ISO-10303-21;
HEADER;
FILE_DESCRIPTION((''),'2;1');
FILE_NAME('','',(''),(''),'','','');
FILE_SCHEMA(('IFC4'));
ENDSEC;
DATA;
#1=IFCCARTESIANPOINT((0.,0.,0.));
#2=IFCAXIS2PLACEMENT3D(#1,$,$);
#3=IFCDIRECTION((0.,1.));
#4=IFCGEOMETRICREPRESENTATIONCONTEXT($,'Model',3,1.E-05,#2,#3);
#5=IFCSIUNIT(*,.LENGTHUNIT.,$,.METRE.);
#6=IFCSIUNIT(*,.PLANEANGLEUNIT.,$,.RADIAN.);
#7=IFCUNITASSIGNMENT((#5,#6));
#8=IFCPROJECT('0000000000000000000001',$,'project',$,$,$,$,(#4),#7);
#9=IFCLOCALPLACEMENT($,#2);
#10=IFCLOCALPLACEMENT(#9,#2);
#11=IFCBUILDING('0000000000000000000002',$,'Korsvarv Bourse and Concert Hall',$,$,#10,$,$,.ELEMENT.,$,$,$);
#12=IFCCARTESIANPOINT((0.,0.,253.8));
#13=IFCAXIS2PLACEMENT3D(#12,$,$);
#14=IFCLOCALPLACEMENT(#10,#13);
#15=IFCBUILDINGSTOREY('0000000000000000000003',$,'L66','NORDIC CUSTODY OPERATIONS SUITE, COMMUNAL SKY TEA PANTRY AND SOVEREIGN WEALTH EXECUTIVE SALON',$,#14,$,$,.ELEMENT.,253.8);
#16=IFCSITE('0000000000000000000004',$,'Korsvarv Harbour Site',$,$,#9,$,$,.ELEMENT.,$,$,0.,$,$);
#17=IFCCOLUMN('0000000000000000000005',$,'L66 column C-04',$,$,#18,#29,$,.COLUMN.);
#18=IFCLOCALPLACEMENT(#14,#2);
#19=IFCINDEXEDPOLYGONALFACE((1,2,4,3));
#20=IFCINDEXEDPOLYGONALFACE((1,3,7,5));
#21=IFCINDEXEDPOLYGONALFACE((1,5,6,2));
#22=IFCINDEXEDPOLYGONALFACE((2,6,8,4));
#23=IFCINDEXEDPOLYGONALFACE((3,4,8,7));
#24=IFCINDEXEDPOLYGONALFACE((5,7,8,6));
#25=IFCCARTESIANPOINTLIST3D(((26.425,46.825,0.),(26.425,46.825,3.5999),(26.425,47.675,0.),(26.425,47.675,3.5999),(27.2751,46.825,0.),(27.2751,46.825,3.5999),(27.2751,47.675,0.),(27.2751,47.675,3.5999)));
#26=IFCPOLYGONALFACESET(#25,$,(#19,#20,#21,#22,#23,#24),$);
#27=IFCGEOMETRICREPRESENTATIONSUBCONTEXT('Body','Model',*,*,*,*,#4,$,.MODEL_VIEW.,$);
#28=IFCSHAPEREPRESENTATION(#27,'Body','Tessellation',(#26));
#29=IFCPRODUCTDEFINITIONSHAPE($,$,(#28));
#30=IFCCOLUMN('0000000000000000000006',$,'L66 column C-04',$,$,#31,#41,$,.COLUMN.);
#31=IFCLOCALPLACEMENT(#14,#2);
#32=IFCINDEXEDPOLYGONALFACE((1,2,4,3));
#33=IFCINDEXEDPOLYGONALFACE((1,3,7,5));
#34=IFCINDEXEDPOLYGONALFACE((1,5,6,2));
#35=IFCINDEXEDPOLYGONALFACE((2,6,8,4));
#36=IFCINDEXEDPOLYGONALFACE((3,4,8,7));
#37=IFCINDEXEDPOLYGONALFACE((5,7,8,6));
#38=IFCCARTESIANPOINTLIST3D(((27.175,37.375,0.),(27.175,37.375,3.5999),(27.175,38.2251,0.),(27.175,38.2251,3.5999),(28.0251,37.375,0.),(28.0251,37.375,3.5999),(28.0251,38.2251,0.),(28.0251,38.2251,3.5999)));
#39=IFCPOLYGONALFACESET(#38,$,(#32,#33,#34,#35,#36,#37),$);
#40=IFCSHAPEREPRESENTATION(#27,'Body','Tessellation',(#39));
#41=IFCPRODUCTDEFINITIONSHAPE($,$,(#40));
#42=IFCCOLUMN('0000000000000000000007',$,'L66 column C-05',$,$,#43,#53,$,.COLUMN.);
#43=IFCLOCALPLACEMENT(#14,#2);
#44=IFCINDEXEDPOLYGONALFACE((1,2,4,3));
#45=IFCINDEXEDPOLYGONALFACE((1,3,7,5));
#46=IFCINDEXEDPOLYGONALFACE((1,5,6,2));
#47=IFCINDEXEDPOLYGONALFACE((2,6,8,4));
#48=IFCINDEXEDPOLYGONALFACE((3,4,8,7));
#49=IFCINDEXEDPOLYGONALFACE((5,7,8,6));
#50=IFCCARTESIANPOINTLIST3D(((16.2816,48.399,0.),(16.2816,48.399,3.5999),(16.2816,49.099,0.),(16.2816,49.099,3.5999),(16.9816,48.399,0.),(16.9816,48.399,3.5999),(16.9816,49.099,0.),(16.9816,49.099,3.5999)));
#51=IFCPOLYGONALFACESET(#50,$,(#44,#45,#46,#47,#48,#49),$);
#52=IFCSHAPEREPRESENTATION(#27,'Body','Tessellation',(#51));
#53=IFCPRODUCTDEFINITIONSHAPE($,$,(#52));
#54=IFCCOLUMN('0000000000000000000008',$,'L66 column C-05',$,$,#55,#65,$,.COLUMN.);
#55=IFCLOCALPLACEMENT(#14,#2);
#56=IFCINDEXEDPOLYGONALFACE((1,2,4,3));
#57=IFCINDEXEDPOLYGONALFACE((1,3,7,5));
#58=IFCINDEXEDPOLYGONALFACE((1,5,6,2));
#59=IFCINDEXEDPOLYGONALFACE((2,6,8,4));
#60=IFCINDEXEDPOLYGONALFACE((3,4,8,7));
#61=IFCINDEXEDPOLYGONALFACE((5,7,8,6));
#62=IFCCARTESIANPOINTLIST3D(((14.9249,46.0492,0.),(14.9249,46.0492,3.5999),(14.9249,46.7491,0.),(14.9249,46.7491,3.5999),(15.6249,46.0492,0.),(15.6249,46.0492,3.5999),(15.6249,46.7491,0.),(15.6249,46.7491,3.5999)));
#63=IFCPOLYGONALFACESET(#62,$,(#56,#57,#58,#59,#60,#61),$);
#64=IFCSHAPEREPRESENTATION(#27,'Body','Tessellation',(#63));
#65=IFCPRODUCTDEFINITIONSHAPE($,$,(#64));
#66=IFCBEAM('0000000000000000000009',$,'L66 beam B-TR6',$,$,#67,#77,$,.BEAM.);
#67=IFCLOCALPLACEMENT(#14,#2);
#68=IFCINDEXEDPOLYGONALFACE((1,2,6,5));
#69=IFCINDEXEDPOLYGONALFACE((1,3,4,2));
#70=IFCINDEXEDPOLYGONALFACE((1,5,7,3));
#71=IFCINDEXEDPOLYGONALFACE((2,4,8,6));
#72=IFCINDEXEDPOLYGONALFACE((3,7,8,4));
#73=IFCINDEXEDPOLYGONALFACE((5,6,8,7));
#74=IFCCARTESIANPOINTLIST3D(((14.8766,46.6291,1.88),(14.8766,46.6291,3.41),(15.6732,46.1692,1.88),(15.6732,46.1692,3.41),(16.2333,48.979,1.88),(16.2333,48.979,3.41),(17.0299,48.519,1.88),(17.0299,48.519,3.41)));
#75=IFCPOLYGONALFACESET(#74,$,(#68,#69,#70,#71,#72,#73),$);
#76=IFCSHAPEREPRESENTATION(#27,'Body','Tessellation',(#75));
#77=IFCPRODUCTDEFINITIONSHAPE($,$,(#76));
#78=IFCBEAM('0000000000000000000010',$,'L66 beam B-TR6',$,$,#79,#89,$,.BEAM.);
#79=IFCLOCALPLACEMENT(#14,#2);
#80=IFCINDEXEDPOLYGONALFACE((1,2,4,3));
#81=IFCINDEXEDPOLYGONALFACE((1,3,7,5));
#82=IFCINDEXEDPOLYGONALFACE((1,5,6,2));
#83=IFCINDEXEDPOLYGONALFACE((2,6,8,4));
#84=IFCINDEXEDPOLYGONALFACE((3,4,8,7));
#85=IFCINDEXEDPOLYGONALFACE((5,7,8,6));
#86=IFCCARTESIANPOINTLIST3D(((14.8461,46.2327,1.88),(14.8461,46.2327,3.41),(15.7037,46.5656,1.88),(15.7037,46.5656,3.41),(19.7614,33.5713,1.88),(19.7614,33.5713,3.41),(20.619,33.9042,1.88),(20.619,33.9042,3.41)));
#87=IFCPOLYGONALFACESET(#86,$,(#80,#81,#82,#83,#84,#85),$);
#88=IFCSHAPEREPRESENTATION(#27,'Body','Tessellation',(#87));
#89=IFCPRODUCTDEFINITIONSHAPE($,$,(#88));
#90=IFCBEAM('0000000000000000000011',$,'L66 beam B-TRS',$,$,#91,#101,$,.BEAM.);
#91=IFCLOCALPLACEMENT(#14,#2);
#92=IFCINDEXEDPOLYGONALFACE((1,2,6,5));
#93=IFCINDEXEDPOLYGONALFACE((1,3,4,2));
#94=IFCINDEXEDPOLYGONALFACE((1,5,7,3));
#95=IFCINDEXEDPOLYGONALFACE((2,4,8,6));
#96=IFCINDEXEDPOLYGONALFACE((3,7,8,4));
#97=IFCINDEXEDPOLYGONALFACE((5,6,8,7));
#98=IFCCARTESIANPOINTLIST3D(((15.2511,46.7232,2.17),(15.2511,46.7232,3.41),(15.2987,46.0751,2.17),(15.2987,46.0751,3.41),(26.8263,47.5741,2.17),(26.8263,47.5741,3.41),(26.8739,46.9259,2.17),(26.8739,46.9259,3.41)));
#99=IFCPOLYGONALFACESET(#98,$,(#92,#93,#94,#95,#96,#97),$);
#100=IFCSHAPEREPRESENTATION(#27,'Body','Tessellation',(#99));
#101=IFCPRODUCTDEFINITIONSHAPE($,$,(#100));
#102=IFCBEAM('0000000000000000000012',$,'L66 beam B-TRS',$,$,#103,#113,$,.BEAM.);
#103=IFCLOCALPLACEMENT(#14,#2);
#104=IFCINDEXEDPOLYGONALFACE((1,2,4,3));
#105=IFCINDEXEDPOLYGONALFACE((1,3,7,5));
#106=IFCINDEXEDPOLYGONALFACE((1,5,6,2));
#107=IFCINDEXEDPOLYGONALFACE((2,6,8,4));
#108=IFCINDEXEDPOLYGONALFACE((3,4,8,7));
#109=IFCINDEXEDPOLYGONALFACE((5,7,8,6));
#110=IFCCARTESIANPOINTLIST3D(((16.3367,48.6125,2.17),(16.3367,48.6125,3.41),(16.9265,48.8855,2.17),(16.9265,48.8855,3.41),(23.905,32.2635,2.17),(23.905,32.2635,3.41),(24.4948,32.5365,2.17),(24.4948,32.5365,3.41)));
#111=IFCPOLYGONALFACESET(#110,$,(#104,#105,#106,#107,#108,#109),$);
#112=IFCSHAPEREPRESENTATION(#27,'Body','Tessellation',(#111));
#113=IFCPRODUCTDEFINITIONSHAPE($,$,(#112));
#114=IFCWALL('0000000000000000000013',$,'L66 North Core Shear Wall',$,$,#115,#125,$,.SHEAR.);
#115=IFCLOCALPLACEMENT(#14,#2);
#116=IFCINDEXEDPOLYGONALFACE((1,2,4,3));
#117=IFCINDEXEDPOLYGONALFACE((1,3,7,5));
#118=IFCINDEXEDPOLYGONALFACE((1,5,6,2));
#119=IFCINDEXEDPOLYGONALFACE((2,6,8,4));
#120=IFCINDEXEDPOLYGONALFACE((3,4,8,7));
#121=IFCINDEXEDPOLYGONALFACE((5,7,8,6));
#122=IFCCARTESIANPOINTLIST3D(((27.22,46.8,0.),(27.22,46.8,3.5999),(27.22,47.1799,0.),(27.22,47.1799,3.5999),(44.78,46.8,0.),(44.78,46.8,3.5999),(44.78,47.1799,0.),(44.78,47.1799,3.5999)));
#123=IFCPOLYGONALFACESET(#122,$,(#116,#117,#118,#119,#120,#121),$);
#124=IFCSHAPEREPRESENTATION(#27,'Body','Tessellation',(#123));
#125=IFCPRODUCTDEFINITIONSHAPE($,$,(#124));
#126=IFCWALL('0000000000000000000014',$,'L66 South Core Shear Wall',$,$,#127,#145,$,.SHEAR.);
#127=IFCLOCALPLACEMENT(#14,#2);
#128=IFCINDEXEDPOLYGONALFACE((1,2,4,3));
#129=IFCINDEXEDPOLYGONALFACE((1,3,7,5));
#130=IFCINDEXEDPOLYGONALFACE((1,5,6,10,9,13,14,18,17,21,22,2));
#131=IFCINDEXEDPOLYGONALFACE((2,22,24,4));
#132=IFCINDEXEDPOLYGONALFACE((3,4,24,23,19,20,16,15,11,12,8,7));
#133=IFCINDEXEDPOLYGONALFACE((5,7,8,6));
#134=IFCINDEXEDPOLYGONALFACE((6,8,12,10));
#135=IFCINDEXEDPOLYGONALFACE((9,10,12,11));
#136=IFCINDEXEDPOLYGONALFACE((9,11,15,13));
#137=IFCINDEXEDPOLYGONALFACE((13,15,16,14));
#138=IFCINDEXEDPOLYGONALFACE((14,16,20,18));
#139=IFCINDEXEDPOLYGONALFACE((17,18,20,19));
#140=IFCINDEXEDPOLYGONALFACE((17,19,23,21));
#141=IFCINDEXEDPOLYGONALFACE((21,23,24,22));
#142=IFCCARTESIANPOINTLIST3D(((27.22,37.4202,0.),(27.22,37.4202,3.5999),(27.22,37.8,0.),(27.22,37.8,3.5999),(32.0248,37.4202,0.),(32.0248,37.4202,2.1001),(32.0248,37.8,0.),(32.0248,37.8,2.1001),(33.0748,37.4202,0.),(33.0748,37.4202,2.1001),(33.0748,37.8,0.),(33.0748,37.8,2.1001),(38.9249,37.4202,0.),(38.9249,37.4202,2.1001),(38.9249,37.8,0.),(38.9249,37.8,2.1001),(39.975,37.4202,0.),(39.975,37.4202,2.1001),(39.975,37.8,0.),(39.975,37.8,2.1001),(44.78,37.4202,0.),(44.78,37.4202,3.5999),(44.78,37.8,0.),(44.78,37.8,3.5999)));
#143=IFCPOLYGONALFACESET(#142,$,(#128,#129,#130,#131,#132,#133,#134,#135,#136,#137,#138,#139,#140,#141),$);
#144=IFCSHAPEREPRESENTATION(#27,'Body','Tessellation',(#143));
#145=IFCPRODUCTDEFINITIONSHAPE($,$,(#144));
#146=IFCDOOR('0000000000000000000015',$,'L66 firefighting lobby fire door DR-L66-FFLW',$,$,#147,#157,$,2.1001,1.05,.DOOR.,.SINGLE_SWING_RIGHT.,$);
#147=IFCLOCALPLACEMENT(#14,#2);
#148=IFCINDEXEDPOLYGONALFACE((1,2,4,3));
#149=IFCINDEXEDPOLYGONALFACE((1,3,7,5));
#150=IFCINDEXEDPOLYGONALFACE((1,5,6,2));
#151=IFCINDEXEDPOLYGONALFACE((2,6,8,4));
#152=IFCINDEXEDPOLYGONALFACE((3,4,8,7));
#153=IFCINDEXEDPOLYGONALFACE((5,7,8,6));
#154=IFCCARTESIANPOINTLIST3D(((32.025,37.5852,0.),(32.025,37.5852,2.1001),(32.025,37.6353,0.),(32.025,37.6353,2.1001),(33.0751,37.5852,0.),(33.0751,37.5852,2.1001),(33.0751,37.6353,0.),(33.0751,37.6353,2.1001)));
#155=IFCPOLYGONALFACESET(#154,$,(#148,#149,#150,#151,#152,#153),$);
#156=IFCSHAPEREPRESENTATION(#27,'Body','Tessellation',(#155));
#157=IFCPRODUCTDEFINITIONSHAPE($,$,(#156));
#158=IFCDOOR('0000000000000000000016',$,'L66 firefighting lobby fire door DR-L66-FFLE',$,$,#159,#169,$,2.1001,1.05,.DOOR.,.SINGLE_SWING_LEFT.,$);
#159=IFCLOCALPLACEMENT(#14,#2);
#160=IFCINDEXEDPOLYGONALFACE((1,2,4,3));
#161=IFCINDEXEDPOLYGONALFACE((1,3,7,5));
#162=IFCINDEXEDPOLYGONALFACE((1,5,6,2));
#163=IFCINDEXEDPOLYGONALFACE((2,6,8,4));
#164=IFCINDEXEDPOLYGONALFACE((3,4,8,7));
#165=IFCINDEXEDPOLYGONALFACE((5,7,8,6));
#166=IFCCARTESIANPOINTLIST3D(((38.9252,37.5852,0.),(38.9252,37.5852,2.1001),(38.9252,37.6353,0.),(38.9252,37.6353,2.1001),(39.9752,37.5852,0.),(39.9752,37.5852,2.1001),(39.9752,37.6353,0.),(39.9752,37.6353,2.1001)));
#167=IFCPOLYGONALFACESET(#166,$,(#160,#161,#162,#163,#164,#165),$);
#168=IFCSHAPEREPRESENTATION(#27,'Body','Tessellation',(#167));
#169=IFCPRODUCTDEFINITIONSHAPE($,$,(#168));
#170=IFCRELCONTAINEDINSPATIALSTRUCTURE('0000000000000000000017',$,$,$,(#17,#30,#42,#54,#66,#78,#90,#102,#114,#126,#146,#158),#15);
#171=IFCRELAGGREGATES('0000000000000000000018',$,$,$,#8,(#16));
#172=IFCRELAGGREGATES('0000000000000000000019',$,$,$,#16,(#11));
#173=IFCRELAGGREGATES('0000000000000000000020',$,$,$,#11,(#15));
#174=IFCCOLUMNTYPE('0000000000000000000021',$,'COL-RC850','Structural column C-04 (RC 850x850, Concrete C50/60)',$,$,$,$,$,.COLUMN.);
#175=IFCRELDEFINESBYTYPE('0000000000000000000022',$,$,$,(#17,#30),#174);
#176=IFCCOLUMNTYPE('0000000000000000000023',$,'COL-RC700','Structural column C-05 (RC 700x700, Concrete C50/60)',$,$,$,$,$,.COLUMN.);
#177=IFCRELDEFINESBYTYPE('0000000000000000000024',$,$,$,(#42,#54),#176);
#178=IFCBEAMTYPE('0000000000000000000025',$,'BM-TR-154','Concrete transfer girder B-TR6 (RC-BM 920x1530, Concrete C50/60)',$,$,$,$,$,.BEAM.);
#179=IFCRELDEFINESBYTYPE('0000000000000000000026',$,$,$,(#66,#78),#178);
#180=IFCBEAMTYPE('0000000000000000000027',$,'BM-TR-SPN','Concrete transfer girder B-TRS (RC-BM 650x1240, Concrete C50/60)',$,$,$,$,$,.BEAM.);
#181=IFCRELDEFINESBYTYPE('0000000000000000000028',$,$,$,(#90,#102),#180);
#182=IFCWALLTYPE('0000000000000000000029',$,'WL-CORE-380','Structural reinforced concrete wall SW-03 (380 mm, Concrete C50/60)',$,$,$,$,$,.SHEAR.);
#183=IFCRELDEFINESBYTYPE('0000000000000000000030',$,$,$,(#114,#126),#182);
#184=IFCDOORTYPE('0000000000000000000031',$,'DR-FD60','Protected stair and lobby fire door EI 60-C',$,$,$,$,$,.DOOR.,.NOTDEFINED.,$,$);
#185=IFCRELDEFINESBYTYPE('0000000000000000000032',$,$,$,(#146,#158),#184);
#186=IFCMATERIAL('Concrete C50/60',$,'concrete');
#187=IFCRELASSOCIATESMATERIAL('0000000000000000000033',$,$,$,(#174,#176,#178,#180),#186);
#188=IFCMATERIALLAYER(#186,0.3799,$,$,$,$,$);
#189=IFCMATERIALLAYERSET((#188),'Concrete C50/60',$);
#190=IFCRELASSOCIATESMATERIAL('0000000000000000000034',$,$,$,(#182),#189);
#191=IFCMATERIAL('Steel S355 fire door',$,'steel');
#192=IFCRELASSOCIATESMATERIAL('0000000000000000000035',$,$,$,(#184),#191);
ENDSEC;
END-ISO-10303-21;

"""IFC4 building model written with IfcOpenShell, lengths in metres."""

from ifc_helpers import new_model, si_unit, direction, frame, frame_2d, origin, origin_2d, place, context, subcontext, project, spatial, rectangle, extrude, source, transform, mapped, material, layer, layer_set, material_profile, profile_set, type_object, element, fill, save


model = new_model("IFC4")

# Units and contexts
model_context = context("Model", 3, precision=1e-05, world=origin(), true_north=direction((0.0, 1.0)))
body_context = subcontext(model_context, "Body", "Model", "MODEL_VIEW")
ifc_project = project(units=[si_unit("LENGTHUNIT", "METRE"), si_unit("PLANEANGLEUNIT", "RADIAN")], contexts=[model_context])

# Site, building, storey
site_placement = place(None, origin())
site = spatial("IfcSite", under=ifc_project, at=site_placement, Name="Korsvarv Harbour Site", CompositionType="ELEMENT", RefElevation=0.0)
building_placement = place(site_placement, origin())
building = spatial("IfcBuilding", under=site, at=building_placement, Name="Korsvarv Bourse and Concert Hall", CompositionType="ELEMENT")
storey_placement = place(building_placement, frame((0.0, 0.0, 253.8)))
storey = spatial("IfcBuildingStorey", under=building, at=storey_placement, Name="L66", Description="NORDIC CUSTODY OPERATIONS SUITE, COMMUNAL SKY TEA PANTRY AND SOVEREIGN WEALTH EXECUTIVE SALON", CompositionType="ELEMENT", Elevation=253.8)

# Columns
ifc_material_1 = material(Name="Concrete C50/60", Category="concrete")
ifc_material_profile_1 = material_profile(ifc_material_1, rectangle(XDim=0.8501, YDim=0.8501, at=origin_2d()), Name="RC 850x850")
ifc_profile_set_1 = profile_set([ifc_material_profile_1], Name="Concrete C50/60")
column_type_1 = type_object("IfcColumnType", Name="COL-RC850", Description="Structural column C-04 (RC 850x850, Concrete C50/60)", PredefinedType="COLUMN", material=ifc_profile_set_1)
shared_shape_1 = source(origin(), body_context, "Body", "SweptSolid", [
    extrude(rectangle(XDim=0.8501, YDim=0.8501, at=origin_2d()), origin(), (0.0, 0.0, 1.0), 3.5999),
])
for number, where, z_axis, x_axis, name in (
    (1, (26.8501, 47.25, 0.0), (0.0, 0.0, 1.0), (1.0, 0.0, 0.0), "L66 column C-04"),
    (2, (27.6001, 37.8, 0.0), (0.0, 0.0, 1.0), (1.0, 0.0, 0.0), "L66 column C-04"),
):
    element("IfcColumn", number, at=place(storey_placement, frame(where, z_axis=z_axis, x_axis=x_axis)), inside=storey, type_object=column_type_1, Name=name, PredefinedType="COLUMN", context=body_context, shape_type="MappedRepresentation", body=[
        mapped(shared_shape_1, transform((0.0, 0.0, 0.0), scale=1.0)),
    ])
ifc_material_profile_2 = material_profile(ifc_material_1, rectangle(XDim=0.7, YDim=0.7, at=origin_2d()), Name="RC 700x700")
ifc_profile_set_2 = profile_set([ifc_material_profile_2], Name="Concrete C50/60")
column_type_2 = type_object("IfcColumnType", Name="COL-RC700", Description="Structural column C-05 (RC 700x700, Concrete C50/60)", PredefinedType="COLUMN", material=ifc_profile_set_2)
shared_shape_2 = source(origin(), body_context, "Body", "SweptSolid", [
    extrude(rectangle(XDim=0.7, YDim=0.7, at=origin_2d()), origin(), (0.0, 0.0, 1.0), 3.5999),
])
for number, where, z_axis, x_axis, name in (
    (3, (16.6316, 48.749, 0.0), (0.0, 0.0, 1.0), (1.0, 0.0, 0.0), "L66 column C-05"),
    (4, (15.2749, 46.3992, 0.0), (0.0, 0.0, 1.0), (1.0, 0.0, 0.0), "L66 column C-05"),
):
    element("IfcColumn", number, at=place(storey_placement, frame(where, z_axis=z_axis, x_axis=x_axis)), inside=storey, type_object=column_type_2, Name=name, PredefinedType="COLUMN", context=body_context, shape_type="MappedRepresentation", body=[
        mapped(shared_shape_2, transform((0.0, 0.0, 0.0), scale=1.0)),
    ])

# Beams
ifc_material_profile_3 = material_profile(ifc_material_1, rectangle(XDim=0.9199, YDim=1.53, at=origin_2d()), Name="RC-BM 920x1530")
ifc_profile_set_3 = profile_set([ifc_material_profile_3], Name="Concrete C50/60")
beam_type_1 = type_object("IfcBeamType", Name="BM-TR-154", Description="Concrete transfer girder B-TR6 (RC-BM 920x1530, Concrete C50/60)", PredefinedType="BEAM", material=ifc_profile_set_3)
shared_shape_3 = source(origin(), body_context, "Body", "SweptSolid", [
    extrude(rectangle(XDim=0.9199, YDim=1.53, at=origin_2d()), origin(), (0.0, 0.0, 1.0), 2.7134),
])
beam_1_placement = place(storey_placement, frame((16.6316, 48.749, 2.645), z_axis=(-0.5, -0.866025, 0.0), x_axis=(0.866025, -0.5, 0.0)))
element("IfcBeam", 5, at=beam_1_placement, inside=storey, type_object=beam_type_1, Name="L66 beam B-TR6", PredefinedType="BEAM", context=body_context, shape_type="MappedRepresentation", body=[
    mapped(shared_shape_3, transform((0.0, 0.0, 0.0), scale=1.0)),
])
shared_shape_4 = source(origin(), body_context, "Body", "SweptSolid", [
    extrude(rectangle(XDim=0.9199, YDim=1.53, at=origin_2d()), origin(), (0.0, 0.0, 1.0), 13.582),
])
beam_2_placement = place(storey_placement, frame((15.2749, 46.3992, 2.645), z_axis=(0.361897, -0.932218, 0.0), x_axis=(0.932218, 0.361897, 0.0)))
element("IfcBeam", 6, at=beam_2_placement, inside=storey, type_object=beam_type_1, Name="L66 beam B-TR6", PredefinedType="BEAM", context=body_context, shape_type="MappedRepresentation", body=[
    mapped(shared_shape_4, transform((0.0, 0.0, 0.0), scale=1.0)),
])
ifc_material_profile_4 = material_profile(ifc_material_1, rectangle(XDim=0.6499, YDim=1.24, at=origin_2d()), Name="RC-BM 650x1240")
ifc_profile_set_4 = profile_set([ifc_material_profile_4], Name="Concrete C50/60")
beam_type_2 = type_object("IfcBeamType", Name="BM-TR-SPN", Description="Concrete transfer girder B-TRS (RC-BM 650x1240, Concrete C50/60)", PredefinedType="BEAM", material=ifc_profile_set_4)
shared_shape_5 = source(origin(), body_context, "Body", "SweptSolid", [
    extrude(rectangle(XDim=0.6499, YDim=1.24, at=origin_2d()), origin(), (0.0, 0.0, 1.0), 11.6064),
])
beam_3_placement = place(storey_placement, frame((15.2749, 46.3992, 2.79), z_axis=(0.997309, 0.073307, 0.0), x_axis=(-0.073307, 0.997309, 0.0)))
element("IfcBeam", 7, at=beam_3_placement, inside=storey, type_object=beam_type_2, Name="L66 beam B-TRS", PredefinedType="BEAM", context=body_context, shape_type="MappedRepresentation", body=[
    mapped(shared_shape_5, transform((0.0, 0.0, 0.0), scale=1.0)),
])
shared_shape_6 = source(origin(), body_context, "Body", "SweptSolid", [
    extrude(rectangle(XDim=0.6499, YDim=1.24, at=origin_2d()), origin(), (0.0, 0.0, 1.0), 18.0159),
])
beam_4_placement = place(storey_placement, frame((16.6316, 48.749, 2.79), z_axis=(0.420093, -0.907481, 0.0), x_axis=(0.907481, 0.420093, 0.0)))
element("IfcBeam", 8, at=beam_4_placement, inside=storey, type_object=beam_type_2, Name="L66 beam B-TRS", PredefinedType="BEAM", context=body_context, shape_type="MappedRepresentation", body=[
    mapped(shared_shape_6, transform((0.0, 0.0, 0.0), scale=1.0)),
])

# Wall
ifc_layer_1 = layer(ifc_material_1, 0.3799)
ifc_layer_set_1 = layer_set([ifc_layer_1], Name="Concrete C50/60")
wall_type_1 = type_object("IfcWallType", Name="WL-CORE-380", Description="Structural reinforced concrete wall SW-03 (380 mm, Concrete C50/60)", PredefinedType="SHEAR", material=ifc_layer_set_1)
wall_1_placement = place(storey_placement, frame((27.22, 46.99, 0.0), z_axis=(0.0, 0.0, 1.0), x_axis=(1.0, 0.0, 0.0)))
element("IfcWall", 9, at=wall_1_placement, inside=storey, type_object=wall_type_1, Name="L66 North Core Shear Wall", PredefinedType="SHEAR", context=body_context, shape_type="SweptSolid", body=[
    extrude(rectangle(XDim=17.5601, YDim=0.3799, at=frame_2d((8.78, 0.0))), origin(), (0.0, 0.0, 1.0), 3.5999),
])

# Wall, openings, doors
wall_2_placement = place(storey_placement, frame((27.22, 37.6101, 0.0), z_axis=(0.0, 0.0, 1.0), x_axis=(1.0, 0.0, 0.0)))
wall_2 = element("IfcWall", 10, at=wall_2_placement, inside=storey, type_object=wall_type_1, Name="L66 South Core Shear Wall", PredefinedType="SHEAR", context=body_context, shape_type="SweptSolid", body=[
    extrude(rectangle(XDim=17.5601, YDim=0.3799, at=frame_2d((8.78, 0.0))), origin(), (0.0, 0.0, 1.0), 3.5999),
])
opening_1_placement = place(wall_2_placement, frame((4.8049, 0.0, 0.0)))
opening_1 = element("IfcOpeningElement", 11, at=opening_1_placement, cuts=wall_2, PredefinedType="OPENING", context=body_context, shape_type="SweptSolid", body=[
    extrude(rectangle(XDim=1.05, YDim=2.1001, at=frame_2d((0.5249, 1.05))), frame((0.0, 0.2, 0.0), z_axis=(0.0, -1.0, 0.0), x_axis=(1.0, 0.0, 0.0)), (0.0, 0.0, 1.0), 0.3999),
])
opening_2_placement = place(wall_2_placement, frame((11.7051, 0.0, 0.0)))
opening_2 = element("IfcOpeningElement", 12, at=opening_2_placement, cuts=wall_2, PredefinedType="OPENING", context=body_context, shape_type="SweptSolid", body=[
    extrude(rectangle(XDim=1.05, YDim=2.1001, at=frame_2d((0.5249, 1.05))), frame((0.0, 0.2, 0.0), z_axis=(0.0, -1.0, 0.0), x_axis=(1.0, 0.0, 0.0)), (0.0, 0.0, 1.0), 0.3999),
])
ifc_material_2 = material(Name="Steel S355 fire door", Category="steel")
door_type_1 = type_object("IfcDoorType", Name="DR-FD60", Description="Protected stair and lobby fire door EI 60-C", OperationType="NOTDEFINED", PredefinedType="DOOR", material=ifc_material_2)
door_1_placement = place(opening_1_placement, frame((1.05, 0.0, 0.0), z_axis=(0.0, 0.0, 1.0), x_axis=(-1.0, 0.0, 0.0)))
door_1 = element("IfcDoor", 13, at=door_1_placement, inside=storey, type_object=door_type_1, Name="L66 firefighting lobby fire door DR-L66-FFLW", OperationType="SINGLE_SWING_RIGHT", OverallHeight=2.1001, OverallWidth=1.05, PredefinedType="DOOR", context=body_context, shape_type="SweptSolid", body=[
    extrude(rectangle(XDim=1.05, YDim=2.1001, at=frame_2d((0.5249, 1.05))), frame((0.0, 0.0249, 0.0), z_axis=(0.0, -1.0, 0.0), x_axis=(1.0, 0.0, 0.0)), (0.0, 0.0, 1.0), 0.05),
])
fill(opening_1, door_1)
door_2_placement = place(opening_2_placement, frame((1.05, 0.0, 0.0), z_axis=(0.0, 0.0, 1.0), x_axis=(-1.0, 0.0, 0.0)))
door_2 = element("IfcDoor", 14, at=door_2_placement, inside=storey, type_object=door_type_1, Name="L66 firefighting lobby fire door DR-L66-FFLE", OperationType="SINGLE_SWING_LEFT", OverallHeight=2.1001, OverallWidth=1.05, PredefinedType="DOOR", context=body_context, shape_type="SweptSolid", body=[
    extrude(rectangle(XDim=1.05, YDim=2.1001, at=frame_2d((0.5249, 1.05))), frame((0.0, 0.0249, 0.0), z_axis=(0.0, -1.0, 0.0), x_axis=(1.0, 0.0, 0.0)), (0.0, 0.0, 1.0), 0.05),
])
fill(opening_2, door_2)

save(model, "model.ifc")
